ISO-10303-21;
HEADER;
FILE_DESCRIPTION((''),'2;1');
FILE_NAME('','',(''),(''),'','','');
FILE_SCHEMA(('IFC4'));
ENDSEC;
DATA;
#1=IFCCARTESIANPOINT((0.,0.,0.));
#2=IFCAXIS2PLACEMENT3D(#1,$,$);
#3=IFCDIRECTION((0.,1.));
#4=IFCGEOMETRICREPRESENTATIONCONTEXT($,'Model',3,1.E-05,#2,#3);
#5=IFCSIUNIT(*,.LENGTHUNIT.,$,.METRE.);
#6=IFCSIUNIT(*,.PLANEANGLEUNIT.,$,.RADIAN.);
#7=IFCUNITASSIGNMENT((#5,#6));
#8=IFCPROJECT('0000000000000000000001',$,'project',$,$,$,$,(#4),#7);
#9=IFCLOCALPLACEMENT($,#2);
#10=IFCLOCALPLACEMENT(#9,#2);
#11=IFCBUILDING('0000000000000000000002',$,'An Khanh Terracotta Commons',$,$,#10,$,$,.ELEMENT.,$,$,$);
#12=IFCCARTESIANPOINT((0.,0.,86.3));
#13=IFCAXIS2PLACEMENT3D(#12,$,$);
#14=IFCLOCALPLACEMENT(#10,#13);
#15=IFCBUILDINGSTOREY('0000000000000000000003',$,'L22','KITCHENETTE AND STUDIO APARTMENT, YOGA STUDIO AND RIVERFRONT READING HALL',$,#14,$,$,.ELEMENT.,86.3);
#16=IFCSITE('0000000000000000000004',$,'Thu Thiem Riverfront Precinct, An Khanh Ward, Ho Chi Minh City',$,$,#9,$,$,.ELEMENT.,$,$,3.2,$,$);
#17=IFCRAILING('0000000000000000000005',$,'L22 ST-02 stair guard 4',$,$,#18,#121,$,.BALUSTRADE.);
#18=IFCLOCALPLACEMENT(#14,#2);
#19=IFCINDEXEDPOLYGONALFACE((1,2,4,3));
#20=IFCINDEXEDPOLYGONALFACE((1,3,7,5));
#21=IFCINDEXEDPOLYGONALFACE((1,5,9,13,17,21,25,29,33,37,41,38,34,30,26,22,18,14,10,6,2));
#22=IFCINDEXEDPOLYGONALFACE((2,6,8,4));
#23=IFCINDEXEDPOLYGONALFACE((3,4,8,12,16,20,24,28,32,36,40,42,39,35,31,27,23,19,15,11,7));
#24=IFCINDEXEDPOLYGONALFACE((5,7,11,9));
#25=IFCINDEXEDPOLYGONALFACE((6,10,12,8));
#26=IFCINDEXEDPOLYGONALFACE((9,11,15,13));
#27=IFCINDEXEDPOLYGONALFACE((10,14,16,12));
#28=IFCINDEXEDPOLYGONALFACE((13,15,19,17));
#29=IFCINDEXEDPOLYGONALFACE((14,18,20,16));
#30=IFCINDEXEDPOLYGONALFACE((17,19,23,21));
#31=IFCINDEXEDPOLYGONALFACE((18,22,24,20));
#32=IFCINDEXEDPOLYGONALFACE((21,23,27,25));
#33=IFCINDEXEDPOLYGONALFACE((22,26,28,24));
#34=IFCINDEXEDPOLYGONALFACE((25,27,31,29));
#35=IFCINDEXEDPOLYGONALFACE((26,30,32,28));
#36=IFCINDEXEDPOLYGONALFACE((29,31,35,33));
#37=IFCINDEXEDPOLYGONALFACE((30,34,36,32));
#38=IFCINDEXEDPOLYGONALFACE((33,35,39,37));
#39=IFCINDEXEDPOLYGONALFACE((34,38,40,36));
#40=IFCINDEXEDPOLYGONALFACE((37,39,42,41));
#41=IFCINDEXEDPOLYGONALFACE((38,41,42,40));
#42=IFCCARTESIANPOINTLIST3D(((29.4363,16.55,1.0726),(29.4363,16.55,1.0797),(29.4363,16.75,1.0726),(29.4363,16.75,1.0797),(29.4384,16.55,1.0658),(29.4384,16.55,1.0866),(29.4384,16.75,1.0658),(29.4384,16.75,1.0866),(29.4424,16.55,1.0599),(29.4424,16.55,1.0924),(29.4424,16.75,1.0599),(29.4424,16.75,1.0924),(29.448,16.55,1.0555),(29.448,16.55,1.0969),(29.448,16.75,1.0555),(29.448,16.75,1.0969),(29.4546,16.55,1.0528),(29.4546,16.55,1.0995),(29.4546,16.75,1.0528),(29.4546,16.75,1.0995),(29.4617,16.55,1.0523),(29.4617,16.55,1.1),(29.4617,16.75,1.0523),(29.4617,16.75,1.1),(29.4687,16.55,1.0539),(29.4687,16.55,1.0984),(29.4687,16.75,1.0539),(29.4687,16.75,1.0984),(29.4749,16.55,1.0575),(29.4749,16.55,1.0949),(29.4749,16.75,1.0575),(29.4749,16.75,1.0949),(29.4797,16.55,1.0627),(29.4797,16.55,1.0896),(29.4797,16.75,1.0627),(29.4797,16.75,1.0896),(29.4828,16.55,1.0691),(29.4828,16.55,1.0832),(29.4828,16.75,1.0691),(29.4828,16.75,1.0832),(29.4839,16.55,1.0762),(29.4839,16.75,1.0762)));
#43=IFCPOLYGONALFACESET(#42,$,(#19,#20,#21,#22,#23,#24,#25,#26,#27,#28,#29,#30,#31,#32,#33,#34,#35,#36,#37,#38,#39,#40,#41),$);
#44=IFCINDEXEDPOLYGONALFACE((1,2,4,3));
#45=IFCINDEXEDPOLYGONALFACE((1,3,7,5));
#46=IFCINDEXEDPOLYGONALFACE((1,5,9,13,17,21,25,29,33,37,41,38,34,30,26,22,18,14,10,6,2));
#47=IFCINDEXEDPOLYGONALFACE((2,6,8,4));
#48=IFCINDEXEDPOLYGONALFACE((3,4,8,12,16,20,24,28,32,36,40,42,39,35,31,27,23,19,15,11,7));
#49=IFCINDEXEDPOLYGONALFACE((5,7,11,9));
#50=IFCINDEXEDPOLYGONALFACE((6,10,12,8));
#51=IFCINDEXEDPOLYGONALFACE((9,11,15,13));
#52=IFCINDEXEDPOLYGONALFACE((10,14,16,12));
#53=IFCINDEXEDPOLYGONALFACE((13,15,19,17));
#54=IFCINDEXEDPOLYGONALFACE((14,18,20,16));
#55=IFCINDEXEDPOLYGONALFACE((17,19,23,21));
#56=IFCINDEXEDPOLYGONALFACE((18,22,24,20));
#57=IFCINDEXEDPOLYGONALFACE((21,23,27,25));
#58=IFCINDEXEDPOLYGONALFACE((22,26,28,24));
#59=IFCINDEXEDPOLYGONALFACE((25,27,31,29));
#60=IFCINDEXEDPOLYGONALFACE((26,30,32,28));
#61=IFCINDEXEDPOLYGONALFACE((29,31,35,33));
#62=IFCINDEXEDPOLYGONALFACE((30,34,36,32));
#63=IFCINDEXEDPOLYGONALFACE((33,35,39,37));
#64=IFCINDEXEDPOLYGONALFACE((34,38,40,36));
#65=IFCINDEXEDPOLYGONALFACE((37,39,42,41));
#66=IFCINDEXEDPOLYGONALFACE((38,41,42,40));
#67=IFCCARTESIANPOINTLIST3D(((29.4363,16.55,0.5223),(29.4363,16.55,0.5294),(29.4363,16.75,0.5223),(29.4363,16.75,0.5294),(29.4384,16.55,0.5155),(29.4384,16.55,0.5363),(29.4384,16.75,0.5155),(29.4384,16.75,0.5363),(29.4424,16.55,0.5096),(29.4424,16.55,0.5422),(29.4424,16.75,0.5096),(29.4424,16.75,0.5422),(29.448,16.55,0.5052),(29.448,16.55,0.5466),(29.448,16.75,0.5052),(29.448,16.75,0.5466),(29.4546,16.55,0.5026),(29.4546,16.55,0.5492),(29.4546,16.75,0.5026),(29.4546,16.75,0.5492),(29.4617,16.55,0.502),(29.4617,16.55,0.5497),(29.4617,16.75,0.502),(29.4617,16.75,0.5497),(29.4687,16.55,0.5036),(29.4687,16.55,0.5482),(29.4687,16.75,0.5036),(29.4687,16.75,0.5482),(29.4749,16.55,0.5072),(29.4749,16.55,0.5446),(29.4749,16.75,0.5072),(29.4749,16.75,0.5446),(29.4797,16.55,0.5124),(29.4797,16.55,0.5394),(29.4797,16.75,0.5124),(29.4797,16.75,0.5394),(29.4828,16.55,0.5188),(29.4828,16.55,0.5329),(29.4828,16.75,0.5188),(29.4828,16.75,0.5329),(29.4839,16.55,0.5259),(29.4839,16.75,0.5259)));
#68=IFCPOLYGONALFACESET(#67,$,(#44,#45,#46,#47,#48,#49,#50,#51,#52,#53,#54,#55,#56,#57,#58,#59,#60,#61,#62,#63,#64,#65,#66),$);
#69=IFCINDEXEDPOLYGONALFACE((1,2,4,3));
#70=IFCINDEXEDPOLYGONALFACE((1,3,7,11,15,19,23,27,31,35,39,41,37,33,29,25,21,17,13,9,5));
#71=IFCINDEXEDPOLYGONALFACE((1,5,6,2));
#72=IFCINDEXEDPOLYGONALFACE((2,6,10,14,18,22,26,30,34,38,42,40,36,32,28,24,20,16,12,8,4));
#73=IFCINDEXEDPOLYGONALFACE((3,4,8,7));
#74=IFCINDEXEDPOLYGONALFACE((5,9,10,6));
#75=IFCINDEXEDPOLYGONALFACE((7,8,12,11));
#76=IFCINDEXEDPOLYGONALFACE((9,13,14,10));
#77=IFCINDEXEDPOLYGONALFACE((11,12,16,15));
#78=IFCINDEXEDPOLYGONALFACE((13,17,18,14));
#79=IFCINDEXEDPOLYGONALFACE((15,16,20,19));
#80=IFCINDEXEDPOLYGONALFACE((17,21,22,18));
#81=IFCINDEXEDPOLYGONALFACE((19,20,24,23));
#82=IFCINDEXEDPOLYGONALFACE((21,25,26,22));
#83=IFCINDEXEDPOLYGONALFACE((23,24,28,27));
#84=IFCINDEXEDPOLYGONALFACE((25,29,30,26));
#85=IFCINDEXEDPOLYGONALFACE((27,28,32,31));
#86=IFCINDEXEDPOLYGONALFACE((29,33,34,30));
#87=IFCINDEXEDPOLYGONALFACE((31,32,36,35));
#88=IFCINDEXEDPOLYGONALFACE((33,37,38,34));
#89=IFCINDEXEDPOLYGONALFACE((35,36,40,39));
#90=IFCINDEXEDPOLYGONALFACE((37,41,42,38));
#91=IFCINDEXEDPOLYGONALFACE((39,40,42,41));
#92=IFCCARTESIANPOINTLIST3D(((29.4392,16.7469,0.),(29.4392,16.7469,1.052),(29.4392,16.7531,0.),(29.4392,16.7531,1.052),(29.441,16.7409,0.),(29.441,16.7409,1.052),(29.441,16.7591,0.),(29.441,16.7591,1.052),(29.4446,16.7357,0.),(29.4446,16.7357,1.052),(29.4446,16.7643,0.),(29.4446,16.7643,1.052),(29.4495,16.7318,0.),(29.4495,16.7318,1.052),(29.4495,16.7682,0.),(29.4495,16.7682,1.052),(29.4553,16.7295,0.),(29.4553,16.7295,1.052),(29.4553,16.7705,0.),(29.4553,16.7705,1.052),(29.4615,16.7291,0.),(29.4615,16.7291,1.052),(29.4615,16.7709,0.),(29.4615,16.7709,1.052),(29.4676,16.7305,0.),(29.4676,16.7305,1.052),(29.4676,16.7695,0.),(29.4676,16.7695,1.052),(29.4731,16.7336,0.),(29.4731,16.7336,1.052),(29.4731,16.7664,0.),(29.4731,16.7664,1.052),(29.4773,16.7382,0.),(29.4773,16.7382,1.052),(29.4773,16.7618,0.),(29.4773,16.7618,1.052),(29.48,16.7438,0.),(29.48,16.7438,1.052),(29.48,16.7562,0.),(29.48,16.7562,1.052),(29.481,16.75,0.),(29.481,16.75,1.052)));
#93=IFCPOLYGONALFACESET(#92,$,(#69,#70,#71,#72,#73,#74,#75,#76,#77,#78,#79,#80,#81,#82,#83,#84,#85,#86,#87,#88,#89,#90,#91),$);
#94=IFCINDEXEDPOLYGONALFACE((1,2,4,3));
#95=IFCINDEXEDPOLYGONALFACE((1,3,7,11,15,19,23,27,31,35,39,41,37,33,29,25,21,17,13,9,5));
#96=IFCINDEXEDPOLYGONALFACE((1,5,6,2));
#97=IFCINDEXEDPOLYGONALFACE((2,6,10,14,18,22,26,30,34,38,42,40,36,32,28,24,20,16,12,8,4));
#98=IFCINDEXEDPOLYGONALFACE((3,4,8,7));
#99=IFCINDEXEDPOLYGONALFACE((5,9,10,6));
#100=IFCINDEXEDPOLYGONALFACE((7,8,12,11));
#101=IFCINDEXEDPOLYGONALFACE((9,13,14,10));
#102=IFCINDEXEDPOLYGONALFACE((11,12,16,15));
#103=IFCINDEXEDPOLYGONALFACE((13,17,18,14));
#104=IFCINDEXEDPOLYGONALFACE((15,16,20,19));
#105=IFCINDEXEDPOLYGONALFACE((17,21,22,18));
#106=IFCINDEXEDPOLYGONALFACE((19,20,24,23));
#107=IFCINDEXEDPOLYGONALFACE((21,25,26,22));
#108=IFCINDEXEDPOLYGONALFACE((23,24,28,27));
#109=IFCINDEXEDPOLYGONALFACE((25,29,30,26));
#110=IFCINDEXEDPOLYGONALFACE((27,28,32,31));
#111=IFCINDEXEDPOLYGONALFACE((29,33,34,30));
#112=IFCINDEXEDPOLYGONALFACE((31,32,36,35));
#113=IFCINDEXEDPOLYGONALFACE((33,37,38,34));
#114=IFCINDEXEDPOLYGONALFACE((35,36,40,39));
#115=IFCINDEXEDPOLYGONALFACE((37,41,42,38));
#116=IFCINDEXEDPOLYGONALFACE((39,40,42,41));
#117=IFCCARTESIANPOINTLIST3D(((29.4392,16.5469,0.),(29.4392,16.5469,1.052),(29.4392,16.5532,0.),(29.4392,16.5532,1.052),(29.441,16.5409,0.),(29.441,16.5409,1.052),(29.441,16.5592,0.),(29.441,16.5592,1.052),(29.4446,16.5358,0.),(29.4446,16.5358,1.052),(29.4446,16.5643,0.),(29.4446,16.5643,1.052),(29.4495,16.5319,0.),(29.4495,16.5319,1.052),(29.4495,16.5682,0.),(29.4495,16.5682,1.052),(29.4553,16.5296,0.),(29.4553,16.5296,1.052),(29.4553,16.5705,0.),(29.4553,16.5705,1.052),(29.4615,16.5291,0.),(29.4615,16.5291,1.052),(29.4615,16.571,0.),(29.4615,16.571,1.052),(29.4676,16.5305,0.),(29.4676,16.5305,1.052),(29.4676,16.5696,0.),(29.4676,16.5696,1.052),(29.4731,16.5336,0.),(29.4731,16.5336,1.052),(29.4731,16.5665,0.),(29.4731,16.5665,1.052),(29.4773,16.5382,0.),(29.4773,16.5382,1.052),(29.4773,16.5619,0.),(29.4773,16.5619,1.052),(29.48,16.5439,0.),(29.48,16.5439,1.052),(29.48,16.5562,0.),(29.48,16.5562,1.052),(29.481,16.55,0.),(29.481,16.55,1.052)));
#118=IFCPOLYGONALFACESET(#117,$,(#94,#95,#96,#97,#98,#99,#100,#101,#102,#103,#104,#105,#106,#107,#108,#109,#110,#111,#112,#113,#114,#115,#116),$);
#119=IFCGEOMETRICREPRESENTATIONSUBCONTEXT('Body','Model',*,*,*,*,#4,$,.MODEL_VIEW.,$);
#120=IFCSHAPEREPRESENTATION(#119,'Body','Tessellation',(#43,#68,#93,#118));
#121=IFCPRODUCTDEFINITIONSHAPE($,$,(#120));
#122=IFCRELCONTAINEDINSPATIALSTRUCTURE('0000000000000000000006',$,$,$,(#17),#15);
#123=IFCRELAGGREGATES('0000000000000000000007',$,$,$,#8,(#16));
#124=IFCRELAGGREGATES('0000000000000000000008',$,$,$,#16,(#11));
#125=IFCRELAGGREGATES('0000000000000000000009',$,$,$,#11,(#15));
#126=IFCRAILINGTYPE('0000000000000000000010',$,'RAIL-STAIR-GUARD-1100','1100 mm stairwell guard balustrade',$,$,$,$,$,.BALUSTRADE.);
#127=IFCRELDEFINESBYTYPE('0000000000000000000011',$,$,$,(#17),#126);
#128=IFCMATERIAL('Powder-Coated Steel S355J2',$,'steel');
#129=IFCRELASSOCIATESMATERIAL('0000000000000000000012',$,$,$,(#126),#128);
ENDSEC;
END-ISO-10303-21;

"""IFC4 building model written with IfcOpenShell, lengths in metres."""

from ifc_helpers import new_model, si_unit, direction, frame, origin, origin_2d, place, context, subcontext, project, spatial, circle, extrude, material, type_object, element, save


model = new_model("IFC4")

# Units and contexts
model_context = context("Model", 3, precision=1e-05, world=origin(), true_north=direction((0.0, 1.0)))
body_context = subcontext(model_context, "Body", "Model", "MODEL_VIEW")
ifc_project = project(units=[si_unit("LENGTHUNIT", "METRE"), si_unit("PLANEANGLEUNIT", "RADIAN")], contexts=[model_context])

# Site, building, storey
site_placement = place(None, origin())
site = spatial("IfcSite", under=ifc_project, at=site_placement, Name="Thu Thiem Riverfront Precinct, An Khanh Ward, Ho Chi Minh City", CompositionType="ELEMENT", RefElevation=3.2)
building_placement = place(site_placement, origin())
building = spatial("IfcBuilding", under=site, at=building_placement, Name="An Khanh Terracotta Commons", CompositionType="ELEMENT")
storey_placement = place(building_placement, frame((0.0, 0.0, 86.3)))
storey = spatial("IfcBuildingStorey", under=building, at=storey_placement, Name="L22", Description="KITCHENETTE AND STUDIO APARTMENT, YOGA STUDIO AND RIVERFRONT READING HALL", CompositionType="ELEMENT", Elevation=86.3)

# Railing
ifc_material_1 = material(Name="Powder-Coated Steel S355J2", Category="steel")
railing_type_1 = type_object("IfcRailingType", Name="RAIL-STAIR-GUARD-1100", Description="1100 mm stairwell guard balustrade", PredefinedType="BALUSTRADE", material=ifc_material_1)
railing_1_placement = place(storey_placement, frame((29.46, 16.75, 0.0)))
element("IfcRailing", 1, at=railing_1_placement, inside=storey, type_object=railing_type_1, Name="L22 ST-02 stair guard 4", PredefinedType="BALUSTRADE", context=body_context, shape_type="SweptSolid", body=[
    extrude(circle(Radius=0.0239, at=origin_2d()), frame((0.0, 0.0, 1.0762), z_axis=(0.0, -1.0, 0.0), x_axis=(1.0, 0.0, 0.0)), (0.0, 0.0, 1.0), 0.2),
    extrude(circle(Radius=0.0239, at=origin_2d()), frame((0.0, 0.0, 0.5259), z_axis=(0.0, -1.0, 0.0), x_axis=(1.0, 0.0, 0.0)), (0.0, 0.0, 1.0), 0.2),
    extrude(circle(Radius=0.021, at=origin_2d()), origin(), (0.0, 0.0, 1.0), 1.052),
    extrude(circle(Radius=0.021, at=origin_2d()), frame((0.0, -0.2, 0.0)), (0.0, 0.0, 1.0), 1.052),
])

save(model, "model.ifc")
